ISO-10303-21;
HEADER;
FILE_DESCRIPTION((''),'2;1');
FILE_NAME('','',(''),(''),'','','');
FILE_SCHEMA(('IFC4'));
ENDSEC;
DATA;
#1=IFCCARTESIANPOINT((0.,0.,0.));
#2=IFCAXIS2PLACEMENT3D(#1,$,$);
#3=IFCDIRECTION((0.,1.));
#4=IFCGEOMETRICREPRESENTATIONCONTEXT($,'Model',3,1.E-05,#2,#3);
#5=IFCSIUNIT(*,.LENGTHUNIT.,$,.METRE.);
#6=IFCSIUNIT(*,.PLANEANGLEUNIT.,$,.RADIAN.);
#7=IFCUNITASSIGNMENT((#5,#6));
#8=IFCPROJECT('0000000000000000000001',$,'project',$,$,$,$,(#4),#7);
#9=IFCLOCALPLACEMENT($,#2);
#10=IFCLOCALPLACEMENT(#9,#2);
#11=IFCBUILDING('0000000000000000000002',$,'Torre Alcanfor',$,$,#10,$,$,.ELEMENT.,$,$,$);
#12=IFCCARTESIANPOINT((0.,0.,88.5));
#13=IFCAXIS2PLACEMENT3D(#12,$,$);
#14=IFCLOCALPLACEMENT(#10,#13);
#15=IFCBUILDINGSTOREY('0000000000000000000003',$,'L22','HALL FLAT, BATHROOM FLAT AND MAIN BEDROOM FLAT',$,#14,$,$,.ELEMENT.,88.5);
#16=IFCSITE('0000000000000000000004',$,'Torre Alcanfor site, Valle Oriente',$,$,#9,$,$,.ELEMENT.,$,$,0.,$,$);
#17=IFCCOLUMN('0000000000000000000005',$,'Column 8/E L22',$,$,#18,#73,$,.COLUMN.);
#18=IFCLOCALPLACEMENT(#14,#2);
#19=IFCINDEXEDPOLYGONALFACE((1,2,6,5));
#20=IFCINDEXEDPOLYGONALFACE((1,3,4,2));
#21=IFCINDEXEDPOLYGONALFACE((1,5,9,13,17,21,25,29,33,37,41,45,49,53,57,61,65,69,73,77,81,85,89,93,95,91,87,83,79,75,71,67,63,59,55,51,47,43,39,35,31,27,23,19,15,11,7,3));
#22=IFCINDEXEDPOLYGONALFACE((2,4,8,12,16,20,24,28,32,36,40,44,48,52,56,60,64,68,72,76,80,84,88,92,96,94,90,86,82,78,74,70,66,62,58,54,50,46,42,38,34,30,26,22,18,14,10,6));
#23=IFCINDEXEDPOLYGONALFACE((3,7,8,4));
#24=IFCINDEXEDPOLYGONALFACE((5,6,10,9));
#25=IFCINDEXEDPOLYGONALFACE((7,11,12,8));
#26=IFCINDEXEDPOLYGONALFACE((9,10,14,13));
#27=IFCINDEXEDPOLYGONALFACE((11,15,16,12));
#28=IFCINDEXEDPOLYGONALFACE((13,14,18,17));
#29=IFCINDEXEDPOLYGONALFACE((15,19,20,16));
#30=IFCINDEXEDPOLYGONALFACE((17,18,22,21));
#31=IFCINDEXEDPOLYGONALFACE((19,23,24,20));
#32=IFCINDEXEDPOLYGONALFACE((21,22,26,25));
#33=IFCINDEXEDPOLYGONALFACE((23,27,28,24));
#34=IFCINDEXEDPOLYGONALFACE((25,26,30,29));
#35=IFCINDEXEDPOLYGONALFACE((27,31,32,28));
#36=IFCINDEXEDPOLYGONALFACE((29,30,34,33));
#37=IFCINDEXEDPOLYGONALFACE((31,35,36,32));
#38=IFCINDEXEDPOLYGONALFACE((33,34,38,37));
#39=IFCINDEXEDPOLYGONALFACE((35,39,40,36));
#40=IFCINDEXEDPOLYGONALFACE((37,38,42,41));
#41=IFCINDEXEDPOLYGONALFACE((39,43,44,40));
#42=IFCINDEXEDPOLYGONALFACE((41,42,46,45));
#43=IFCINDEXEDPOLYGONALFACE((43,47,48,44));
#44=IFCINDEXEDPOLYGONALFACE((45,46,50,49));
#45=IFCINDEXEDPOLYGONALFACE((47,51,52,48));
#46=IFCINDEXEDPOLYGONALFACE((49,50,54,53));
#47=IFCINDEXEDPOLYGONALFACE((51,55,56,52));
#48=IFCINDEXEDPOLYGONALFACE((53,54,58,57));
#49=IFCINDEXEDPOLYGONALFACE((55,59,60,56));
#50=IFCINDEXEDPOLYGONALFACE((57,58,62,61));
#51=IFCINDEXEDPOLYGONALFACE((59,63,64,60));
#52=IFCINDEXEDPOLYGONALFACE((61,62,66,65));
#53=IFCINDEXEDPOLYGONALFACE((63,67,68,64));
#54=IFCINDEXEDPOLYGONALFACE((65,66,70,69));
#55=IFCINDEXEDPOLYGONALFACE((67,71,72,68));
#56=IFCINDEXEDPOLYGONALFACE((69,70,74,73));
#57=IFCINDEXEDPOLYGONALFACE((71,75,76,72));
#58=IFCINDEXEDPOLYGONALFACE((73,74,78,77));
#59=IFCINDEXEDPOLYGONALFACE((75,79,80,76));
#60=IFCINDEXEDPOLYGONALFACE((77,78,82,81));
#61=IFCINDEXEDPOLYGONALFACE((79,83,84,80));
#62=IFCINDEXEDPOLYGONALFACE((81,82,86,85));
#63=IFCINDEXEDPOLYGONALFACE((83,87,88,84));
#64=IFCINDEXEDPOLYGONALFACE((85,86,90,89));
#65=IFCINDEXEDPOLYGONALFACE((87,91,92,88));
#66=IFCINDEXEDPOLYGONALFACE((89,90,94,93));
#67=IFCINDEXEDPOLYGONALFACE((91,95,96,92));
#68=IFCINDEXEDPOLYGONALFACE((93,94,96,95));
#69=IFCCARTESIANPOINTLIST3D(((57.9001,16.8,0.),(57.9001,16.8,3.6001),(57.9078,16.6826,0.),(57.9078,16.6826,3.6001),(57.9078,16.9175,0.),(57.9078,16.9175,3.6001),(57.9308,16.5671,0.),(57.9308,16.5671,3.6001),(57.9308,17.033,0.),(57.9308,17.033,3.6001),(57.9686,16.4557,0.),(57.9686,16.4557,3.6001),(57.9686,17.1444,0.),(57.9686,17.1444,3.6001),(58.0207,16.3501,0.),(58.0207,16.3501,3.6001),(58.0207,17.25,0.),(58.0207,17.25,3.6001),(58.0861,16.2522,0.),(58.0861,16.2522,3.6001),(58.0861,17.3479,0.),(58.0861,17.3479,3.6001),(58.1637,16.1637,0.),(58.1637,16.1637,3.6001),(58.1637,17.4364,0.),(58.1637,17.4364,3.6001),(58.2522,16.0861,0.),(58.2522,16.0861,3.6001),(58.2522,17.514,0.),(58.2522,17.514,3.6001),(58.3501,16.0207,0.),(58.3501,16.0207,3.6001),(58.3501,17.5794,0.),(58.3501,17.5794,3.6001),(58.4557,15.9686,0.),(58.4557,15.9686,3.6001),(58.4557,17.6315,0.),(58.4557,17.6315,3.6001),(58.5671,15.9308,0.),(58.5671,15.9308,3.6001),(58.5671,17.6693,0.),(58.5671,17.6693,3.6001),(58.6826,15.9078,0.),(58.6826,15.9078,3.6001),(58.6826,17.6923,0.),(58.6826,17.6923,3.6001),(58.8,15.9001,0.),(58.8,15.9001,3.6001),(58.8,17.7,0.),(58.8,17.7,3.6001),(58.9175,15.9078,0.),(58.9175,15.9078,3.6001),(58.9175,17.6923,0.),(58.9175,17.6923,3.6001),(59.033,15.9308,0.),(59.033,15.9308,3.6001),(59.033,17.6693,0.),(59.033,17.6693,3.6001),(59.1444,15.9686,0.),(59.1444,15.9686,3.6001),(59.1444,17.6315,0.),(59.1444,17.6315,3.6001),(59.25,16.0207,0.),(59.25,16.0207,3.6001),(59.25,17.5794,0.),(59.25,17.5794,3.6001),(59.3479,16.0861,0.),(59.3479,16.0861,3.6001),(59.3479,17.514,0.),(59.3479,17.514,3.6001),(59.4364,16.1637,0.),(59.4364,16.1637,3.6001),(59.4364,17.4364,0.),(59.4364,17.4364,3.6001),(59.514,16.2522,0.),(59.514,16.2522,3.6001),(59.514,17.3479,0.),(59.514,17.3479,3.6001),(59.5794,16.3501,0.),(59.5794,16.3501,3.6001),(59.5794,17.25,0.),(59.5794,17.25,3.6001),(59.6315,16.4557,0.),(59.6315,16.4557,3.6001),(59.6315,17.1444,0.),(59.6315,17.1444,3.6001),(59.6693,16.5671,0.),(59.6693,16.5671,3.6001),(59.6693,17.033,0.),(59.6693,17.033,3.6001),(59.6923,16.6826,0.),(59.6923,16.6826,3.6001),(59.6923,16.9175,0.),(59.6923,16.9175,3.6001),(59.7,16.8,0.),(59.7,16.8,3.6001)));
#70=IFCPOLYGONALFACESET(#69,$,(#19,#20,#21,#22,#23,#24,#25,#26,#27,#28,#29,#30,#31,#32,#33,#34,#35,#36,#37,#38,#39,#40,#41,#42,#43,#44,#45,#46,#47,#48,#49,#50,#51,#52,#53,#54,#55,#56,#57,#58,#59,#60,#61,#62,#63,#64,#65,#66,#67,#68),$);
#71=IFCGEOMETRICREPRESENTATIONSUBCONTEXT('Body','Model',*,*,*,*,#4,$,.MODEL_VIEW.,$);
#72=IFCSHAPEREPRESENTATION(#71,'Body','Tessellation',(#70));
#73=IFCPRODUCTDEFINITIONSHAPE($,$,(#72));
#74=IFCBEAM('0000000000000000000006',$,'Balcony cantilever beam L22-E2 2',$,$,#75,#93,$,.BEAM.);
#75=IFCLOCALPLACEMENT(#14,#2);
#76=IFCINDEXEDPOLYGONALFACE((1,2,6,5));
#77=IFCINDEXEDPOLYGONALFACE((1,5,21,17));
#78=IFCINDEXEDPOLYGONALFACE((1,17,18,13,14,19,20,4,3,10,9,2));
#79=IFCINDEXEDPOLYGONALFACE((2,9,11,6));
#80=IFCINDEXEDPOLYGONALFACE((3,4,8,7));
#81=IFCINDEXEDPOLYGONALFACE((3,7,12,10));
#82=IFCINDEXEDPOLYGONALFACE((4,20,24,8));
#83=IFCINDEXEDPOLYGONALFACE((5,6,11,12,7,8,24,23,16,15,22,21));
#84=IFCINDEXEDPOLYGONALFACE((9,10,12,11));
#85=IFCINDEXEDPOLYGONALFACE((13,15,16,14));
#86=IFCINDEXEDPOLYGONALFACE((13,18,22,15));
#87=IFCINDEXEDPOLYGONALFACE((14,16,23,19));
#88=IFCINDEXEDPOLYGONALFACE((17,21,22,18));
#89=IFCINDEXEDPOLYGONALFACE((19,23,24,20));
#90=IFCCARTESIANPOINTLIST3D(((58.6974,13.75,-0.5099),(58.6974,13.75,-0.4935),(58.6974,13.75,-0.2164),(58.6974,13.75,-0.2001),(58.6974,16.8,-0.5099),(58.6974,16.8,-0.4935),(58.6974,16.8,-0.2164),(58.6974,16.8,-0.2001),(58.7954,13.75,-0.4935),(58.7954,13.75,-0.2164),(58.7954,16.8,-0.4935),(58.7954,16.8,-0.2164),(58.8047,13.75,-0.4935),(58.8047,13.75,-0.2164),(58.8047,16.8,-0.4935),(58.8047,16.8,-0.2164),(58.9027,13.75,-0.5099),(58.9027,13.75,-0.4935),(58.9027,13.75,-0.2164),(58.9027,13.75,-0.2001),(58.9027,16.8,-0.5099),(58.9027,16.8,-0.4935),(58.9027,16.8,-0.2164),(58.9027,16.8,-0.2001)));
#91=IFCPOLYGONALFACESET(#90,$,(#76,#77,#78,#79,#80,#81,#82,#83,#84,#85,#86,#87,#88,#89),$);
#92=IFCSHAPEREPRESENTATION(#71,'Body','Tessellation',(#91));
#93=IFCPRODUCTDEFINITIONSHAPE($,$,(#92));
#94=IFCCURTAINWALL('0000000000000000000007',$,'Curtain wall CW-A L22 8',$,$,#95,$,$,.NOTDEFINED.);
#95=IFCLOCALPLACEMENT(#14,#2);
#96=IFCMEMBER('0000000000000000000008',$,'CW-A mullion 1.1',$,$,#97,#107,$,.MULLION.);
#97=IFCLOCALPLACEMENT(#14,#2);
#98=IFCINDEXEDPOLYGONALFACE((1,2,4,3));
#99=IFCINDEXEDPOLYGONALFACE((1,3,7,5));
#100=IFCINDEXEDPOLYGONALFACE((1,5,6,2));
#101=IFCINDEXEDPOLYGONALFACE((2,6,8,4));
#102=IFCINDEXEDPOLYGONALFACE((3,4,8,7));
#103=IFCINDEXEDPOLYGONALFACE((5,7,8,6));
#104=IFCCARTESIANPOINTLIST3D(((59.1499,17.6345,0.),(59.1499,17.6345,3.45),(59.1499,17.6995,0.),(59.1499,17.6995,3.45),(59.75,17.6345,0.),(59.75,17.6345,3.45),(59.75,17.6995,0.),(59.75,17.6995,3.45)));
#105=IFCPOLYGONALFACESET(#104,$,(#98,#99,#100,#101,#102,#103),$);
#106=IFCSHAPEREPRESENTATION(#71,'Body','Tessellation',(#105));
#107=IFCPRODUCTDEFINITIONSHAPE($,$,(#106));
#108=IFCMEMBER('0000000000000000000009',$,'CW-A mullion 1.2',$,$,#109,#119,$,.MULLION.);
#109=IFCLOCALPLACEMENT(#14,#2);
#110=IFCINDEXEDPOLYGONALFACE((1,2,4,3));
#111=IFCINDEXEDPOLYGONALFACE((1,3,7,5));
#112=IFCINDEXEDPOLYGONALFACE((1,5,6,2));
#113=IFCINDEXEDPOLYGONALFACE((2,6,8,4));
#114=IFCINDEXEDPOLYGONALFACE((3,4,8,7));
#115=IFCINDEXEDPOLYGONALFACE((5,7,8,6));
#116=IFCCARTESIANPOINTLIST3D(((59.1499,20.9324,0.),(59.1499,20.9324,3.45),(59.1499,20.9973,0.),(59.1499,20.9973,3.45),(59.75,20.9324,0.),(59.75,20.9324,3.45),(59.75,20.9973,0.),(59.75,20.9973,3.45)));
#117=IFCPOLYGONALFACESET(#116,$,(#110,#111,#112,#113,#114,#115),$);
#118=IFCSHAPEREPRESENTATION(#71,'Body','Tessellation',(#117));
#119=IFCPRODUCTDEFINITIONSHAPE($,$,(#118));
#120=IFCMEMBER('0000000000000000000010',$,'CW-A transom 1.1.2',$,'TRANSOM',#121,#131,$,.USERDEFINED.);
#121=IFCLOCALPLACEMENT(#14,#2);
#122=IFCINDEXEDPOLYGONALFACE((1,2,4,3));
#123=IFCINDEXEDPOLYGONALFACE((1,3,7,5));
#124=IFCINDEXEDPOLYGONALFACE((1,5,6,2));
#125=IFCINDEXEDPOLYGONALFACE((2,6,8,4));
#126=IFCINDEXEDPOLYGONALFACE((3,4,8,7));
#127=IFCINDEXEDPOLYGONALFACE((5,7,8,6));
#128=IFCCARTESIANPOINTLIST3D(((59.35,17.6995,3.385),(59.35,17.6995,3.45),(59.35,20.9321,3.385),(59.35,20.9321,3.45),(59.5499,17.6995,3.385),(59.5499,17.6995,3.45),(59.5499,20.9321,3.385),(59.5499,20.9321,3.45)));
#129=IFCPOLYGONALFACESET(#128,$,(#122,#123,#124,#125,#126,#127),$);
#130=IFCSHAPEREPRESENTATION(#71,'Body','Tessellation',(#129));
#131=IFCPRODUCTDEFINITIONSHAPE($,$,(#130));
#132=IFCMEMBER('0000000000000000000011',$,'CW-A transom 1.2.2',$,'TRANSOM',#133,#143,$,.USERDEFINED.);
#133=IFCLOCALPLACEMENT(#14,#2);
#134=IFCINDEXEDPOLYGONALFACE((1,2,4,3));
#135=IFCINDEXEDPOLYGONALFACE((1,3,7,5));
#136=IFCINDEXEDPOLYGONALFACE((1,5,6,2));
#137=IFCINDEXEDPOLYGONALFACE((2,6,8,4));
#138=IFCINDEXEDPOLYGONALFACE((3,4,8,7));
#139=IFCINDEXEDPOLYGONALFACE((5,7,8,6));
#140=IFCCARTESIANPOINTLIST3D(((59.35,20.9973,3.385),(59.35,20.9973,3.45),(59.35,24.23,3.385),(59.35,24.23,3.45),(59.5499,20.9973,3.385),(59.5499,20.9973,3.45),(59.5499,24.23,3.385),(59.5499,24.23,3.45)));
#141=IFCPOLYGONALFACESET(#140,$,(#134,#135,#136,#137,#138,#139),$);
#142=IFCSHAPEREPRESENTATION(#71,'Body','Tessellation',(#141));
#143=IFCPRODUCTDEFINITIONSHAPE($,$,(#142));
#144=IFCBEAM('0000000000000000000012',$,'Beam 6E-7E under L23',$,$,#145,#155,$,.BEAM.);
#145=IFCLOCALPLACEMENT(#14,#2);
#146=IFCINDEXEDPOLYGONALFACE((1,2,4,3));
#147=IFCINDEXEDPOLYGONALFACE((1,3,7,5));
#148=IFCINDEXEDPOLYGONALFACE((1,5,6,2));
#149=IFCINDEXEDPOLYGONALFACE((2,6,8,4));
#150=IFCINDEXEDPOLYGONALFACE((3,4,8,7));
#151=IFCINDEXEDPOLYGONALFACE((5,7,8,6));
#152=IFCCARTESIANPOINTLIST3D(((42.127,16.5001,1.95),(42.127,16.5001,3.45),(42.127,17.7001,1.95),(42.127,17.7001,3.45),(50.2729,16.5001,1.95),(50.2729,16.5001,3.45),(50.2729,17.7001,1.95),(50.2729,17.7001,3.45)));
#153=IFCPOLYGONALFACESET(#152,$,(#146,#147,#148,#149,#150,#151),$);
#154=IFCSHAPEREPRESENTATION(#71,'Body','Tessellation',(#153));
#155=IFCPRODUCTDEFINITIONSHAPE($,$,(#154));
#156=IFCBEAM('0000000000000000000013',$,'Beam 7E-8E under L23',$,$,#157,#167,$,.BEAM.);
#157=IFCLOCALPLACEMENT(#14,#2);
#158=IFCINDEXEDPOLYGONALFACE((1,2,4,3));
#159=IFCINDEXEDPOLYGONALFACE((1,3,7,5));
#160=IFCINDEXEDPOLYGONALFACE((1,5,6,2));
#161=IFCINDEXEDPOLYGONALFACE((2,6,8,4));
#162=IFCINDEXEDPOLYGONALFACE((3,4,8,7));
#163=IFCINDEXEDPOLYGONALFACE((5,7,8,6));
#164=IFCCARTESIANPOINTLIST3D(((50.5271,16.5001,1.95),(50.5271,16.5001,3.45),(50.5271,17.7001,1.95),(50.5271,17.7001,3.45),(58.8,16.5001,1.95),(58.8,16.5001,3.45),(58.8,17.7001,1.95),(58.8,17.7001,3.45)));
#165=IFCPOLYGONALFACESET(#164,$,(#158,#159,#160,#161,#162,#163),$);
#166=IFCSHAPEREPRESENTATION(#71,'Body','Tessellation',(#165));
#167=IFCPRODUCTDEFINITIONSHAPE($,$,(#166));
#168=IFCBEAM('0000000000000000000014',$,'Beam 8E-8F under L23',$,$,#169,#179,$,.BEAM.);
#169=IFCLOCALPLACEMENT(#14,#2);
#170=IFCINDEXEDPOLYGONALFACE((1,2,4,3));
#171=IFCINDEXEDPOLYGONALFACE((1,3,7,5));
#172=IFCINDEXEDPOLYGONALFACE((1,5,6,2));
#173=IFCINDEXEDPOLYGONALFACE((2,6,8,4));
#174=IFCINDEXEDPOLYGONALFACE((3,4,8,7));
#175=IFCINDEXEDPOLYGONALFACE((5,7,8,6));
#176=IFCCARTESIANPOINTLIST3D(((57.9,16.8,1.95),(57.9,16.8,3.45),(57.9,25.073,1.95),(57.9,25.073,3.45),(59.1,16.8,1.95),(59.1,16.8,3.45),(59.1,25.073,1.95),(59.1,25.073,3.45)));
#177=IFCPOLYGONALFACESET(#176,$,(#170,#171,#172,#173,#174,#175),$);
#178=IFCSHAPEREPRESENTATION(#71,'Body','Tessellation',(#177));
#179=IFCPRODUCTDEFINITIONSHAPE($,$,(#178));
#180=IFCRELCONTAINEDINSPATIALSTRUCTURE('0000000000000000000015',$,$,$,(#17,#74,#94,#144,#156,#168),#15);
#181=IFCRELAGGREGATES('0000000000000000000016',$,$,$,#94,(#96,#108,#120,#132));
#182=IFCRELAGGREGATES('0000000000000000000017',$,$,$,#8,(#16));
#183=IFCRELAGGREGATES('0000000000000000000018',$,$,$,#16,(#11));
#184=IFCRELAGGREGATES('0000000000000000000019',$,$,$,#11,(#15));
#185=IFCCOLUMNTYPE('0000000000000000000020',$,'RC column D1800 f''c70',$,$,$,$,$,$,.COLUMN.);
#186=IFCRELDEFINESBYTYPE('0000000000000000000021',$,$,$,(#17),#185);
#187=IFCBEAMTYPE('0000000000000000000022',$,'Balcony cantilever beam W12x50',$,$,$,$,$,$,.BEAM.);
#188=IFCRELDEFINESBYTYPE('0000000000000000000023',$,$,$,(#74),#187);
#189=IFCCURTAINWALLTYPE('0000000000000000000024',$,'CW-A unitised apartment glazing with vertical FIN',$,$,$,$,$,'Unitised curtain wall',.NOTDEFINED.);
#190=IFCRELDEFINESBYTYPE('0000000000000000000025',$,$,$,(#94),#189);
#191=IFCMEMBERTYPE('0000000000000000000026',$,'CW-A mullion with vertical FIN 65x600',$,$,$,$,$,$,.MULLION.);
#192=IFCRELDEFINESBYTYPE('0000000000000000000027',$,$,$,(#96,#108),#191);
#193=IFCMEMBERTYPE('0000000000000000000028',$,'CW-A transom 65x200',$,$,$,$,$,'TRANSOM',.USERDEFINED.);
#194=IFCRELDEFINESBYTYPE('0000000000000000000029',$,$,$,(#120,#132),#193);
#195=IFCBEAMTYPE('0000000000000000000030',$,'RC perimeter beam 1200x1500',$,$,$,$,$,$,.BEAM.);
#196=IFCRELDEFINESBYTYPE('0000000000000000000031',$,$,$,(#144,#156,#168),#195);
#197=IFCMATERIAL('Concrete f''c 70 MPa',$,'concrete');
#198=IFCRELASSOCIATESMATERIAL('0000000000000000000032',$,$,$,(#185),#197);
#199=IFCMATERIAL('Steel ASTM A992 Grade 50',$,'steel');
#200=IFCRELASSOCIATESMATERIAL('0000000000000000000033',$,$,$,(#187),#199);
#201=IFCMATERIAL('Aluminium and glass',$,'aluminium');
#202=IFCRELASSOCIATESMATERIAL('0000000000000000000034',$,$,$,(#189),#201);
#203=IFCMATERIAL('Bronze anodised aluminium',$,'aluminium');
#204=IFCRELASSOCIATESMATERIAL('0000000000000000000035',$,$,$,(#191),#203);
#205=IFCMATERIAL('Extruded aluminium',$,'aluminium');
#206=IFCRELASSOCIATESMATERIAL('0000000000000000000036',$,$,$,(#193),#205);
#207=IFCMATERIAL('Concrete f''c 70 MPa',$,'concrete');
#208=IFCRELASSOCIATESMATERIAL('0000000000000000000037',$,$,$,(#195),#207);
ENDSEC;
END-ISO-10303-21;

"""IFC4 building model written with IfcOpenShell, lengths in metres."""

from ifc_helpers import new_model, si_unit, direction, frame, origin, origin_2d, place, context, subcontext, project, spatial, rectangle, circle, i_section, extrude, material, material_profile, profile_set, type_object, element, aggregate, save


model = new_model("IFC4")

# Units and contexts
model_context = context("Model", 3, precision=1e-05, world=origin(), true_north=direction((0.0, 1.0)))
body_context = subcontext(model_context, "Body", "Model", "MODEL_VIEW")
ifc_project = project(units=[si_unit("LENGTHUNIT", "METRE"), si_unit("PLANEANGLEUNIT", "RADIAN")], contexts=[model_context])

# Site, building, storey
site_placement = place(None, origin())
site = spatial("IfcSite", under=ifc_project, at=site_placement, Name="Torre Alcanfor site, Valle Oriente", CompositionType="ELEMENT", RefElevation=0.0)
building_placement = place(site_placement, origin())
building = spatial("IfcBuilding", under=site, at=building_placement, Name="Torre Alcanfor", CompositionType="ELEMENT")
storey_placement = place(building_placement, frame((0.0, 0.0, 88.5)))
storey = spatial("IfcBuildingStorey", under=building, at=storey_placement, Name="L22", Description="HALL FLAT, BATHROOM FLAT AND MAIN BEDROOM FLAT", CompositionType="ELEMENT", Elevation=88.5)

# Column
ifc_material_1 = material(Name="Concrete f'c 70 MPa", Category="concrete")
ifc_material_profile_1 = material_profile(ifc_material_1, circle(Radius=0.8999, at=origin_2d()), Name="D1800")
ifc_profile_set_1 = profile_set([ifc_material_profile_1], Name="Concrete f'c 70 MPa")
column_type = type_object("IfcColumnType", Name="RC column D1800 f'c70", PredefinedType="COLUMN", material=ifc_profile_set_1)
column_placement = place(storey_placement, frame((58.8, 16.8, 0.0), z_axis=(0.0, 0.0, 1.0), x_axis=(1.0, 0.0, 0.0)))
element("IfcColumn", 1, at=column_placement, inside=storey, type_object=column_type, Name="Column 8/E L22", PredefinedType="COLUMN", context=body_context, shape_type="SweptSolid", body=[
    extrude(circle(Radius=0.8999, at=origin_2d()), origin(), (0.0, 0.0, 1.0), 3.6001),
])

# Beam
ifc_material_2 = material(Name="Steel ASTM A992 Grade 50", Category="steel")
ifc_material_profile_2 = material_profile(ifc_material_2, i_section(OverallWidth=0.2053, OverallDepth=0.3098, WebThickness=0.0093, FlangeThickness=0.0164, at=origin_2d()), Name="W12x50")
ifc_profile_set_2 = profile_set([ifc_material_profile_2], Name="Steel ASTM A992 Grade 50")
beam_type_1 = type_object("IfcBeamType", Name="Balcony cantilever beam W12x50", PredefinedType="BEAM", material=ifc_profile_set_2)
beam_1_placement = place(storey_placement, frame((58.8, 16.8, -0.355), z_axis=(0.0, -1.0, 0.0), x_axis=(1.0, 0.0, 0.0)))
element("IfcBeam", 2, at=beam_1_placement, inside=storey, type_object=beam_type_1, Name="Balcony cantilever beam L22-E2 2", PredefinedType="BEAM", context=body_context, shape_type="SweptSolid", body=[
    extrude(i_section(OverallWidth=0.2053, OverallDepth=0.3098, WebThickness=0.0093, FlangeThickness=0.0164, at=origin_2d()), origin(), (0.0, 0.0, 1.0), 3.05),
])

# Curtain wall, members
ifc_material_3 = material(Name="Aluminium and glass", Category="aluminium")
curtain_wall_type = type_object("IfcCurtainWallType", Name="CW-A unitised apartment glazing with vertical FIN", ElementType="Unitised curtain wall", PredefinedType="NOTDEFINED", material=ifc_material_3)
curtain_wall_placement = place(storey_placement, origin())
curtain_wall = element("IfcCurtainWall", 3, at=curtain_wall_placement, inside=storey, type_object=curtain_wall_type, Name="Curtain wall CW-A L22 8", PredefinedType="NOTDEFINED")
ifc_material_4 = material(Name="Bronze anodised aluminium", Category="aluminium")
ifc_material_profile_3 = material_profile(ifc_material_4, rectangle(XDim=0.6001, YDim=0.0649, at=origin_2d()), Name="CW-A mullion 65x600")
ifc_profile_set_3 = profile_set([ifc_material_profile_3], Name="Bronze anodised aluminium")
member_type_1 = type_object("IfcMemberType", Name="CW-A mullion with vertical FIN 65x600", PredefinedType="MULLION", material=ifc_profile_set_3)
member_1_placement = place(storey_placement, frame((59.45, 17.667, 0.0), z_axis=(0.0, 0.0, 1.0), x_axis=(-1.0, 0.0, 0.0)))
member_1 = element("IfcMember", 4, at=member_1_placement, type_object=member_type_1, Name="CW-A mullion 1.1", PredefinedType="MULLION", context=body_context, shape_type="SweptSolid", body=[
    extrude(rectangle(XDim=0.6001, YDim=0.0649, at=origin_2d()), origin(), (0.0, 0.0, 1.0), 3.45),
])
member_2_placement = place(storey_placement, frame((59.45, 20.9648, 0.0), z_axis=(0.0, 0.0, 1.0), x_axis=(-1.0, 0.0, 0.0)))
member_2 = element("IfcMember", 5, at=member_2_placement, type_object=member_type_1, Name="CW-A mullion 1.2", PredefinedType="MULLION", context=body_context, shape_type="SweptSolid", body=[
    extrude(rectangle(XDim=0.6001, YDim=0.0649, at=origin_2d()), origin(), (0.0, 0.0, 1.0), 3.45),
])
ifc_material_5 = material(Name="Extruded aluminium", Category="aluminium")
ifc_material_profile_4 = material_profile(ifc_material_5, rectangle(XDim=0.2, YDim=0.0649, at=origin_2d()), Name="CW-A transom 200x65")
ifc_profile_set_4 = profile_set([ifc_material_profile_4], Name="Extruded aluminium")
member_type_2 = type_object("IfcMemberType", Name="CW-A transom 65x200", ElementType="TRANSOM", PredefinedType="USERDEFINED", material=ifc_profile_set_4)
member_3_placement = place(storey_placement, frame((59.45, 17.6995, 3.4175), z_axis=(0.0, 1.0, 0.0), x_axis=(-1.0, 0.0, 0.0)))
member_3 = element("IfcMember", 6, at=member_3_placement, type_object=member_type_2, Name="CW-A transom 1.1.2", ObjectType="TRANSOM", PredefinedType="USERDEFINED", context=body_context, shape_type="SweptSolid", body=[
    extrude(rectangle(XDim=0.2, YDim=0.0649, at=origin_2d()), origin(), (0.0, 0.0, 1.0), 3.2327),
])
member_4_placement = place(storey_placement, frame((59.45, 20.9973, 3.4175), z_axis=(0.0, 1.0, 0.0), x_axis=(-1.0, 0.0, 0.0)))
member_4 = element("IfcMember", 7, at=member_4_placement, type_object=member_type_2, Name="CW-A transom 1.2.2", ObjectType="TRANSOM", PredefinedType="USERDEFINED", context=body_context, shape_type="SweptSolid", body=[
    extrude(rectangle(XDim=0.2, YDim=0.0649, at=origin_2d()), origin(), (0.0, 0.0, 1.0), 3.2327),
])

# Beams
ifc_material_6 = material(Name="Concrete f'c 70 MPa", Category="concrete")
ifc_material_profile_5 = material_profile(ifc_material_6, rectangle(XDim=1.2, YDim=1.5, at=origin_2d()), Name="1200x1500")
ifc_profile_set_5 = profile_set([ifc_material_profile_5], Name="Concrete f'c 70 MPa")
beam_type_2 = type_object("IfcBeamType", Name="RC perimeter beam 1200x1500", PredefinedType="BEAM", material=ifc_profile_set_5)
beam_2_placement = place(storey_placement, frame((42.127, 17.1001, 2.7), z_axis=(1.0, 0.0, 0.0), x_axis=(0.0, 1.0, 0.0)))
element("IfcBeam", 8, at=beam_2_placement, inside=storey, type_object=beam_type_2, Name="Beam 6E-7E under L23", PredefinedType="BEAM", context=body_context, shape_type="SweptSolid", body=[
    extrude(rectangle(XDim=1.2, YDim=1.5, at=origin_2d()), origin(), (0.0, 0.0, 1.0), 8.146),
])
for number, where, z_axis, x_axis, name in (
    (9, (50.5271, 17.1001, 2.7), (1.0, 0.0, 0.0), (0.0, 1.0, 0.0), "Beam 7E-8E under L23"),
    (10, (58.5, 16.8, 2.7), (0.0, 1.0, 0.0), (-1.0, 0.0, 0.0), "Beam 8E-8F under L23"),
):
    element("IfcBeam", number, at=place(storey_placement, frame(where, z_axis=z_axis, x_axis=x_axis)), inside=storey, type_object=beam_type_2, Name=name, PredefinedType="BEAM", context=body_context, shape_type="SweptSolid", body=[
        extrude(rectangle(XDim=1.2, YDim=1.5, at=origin_2d()), origin(), (0.0, 0.0, 1.0), 8.2729),
    ])

aggregate(curtain_wall, [member_1, member_2, member_3, member_4])

save(model, "model.ifc")
